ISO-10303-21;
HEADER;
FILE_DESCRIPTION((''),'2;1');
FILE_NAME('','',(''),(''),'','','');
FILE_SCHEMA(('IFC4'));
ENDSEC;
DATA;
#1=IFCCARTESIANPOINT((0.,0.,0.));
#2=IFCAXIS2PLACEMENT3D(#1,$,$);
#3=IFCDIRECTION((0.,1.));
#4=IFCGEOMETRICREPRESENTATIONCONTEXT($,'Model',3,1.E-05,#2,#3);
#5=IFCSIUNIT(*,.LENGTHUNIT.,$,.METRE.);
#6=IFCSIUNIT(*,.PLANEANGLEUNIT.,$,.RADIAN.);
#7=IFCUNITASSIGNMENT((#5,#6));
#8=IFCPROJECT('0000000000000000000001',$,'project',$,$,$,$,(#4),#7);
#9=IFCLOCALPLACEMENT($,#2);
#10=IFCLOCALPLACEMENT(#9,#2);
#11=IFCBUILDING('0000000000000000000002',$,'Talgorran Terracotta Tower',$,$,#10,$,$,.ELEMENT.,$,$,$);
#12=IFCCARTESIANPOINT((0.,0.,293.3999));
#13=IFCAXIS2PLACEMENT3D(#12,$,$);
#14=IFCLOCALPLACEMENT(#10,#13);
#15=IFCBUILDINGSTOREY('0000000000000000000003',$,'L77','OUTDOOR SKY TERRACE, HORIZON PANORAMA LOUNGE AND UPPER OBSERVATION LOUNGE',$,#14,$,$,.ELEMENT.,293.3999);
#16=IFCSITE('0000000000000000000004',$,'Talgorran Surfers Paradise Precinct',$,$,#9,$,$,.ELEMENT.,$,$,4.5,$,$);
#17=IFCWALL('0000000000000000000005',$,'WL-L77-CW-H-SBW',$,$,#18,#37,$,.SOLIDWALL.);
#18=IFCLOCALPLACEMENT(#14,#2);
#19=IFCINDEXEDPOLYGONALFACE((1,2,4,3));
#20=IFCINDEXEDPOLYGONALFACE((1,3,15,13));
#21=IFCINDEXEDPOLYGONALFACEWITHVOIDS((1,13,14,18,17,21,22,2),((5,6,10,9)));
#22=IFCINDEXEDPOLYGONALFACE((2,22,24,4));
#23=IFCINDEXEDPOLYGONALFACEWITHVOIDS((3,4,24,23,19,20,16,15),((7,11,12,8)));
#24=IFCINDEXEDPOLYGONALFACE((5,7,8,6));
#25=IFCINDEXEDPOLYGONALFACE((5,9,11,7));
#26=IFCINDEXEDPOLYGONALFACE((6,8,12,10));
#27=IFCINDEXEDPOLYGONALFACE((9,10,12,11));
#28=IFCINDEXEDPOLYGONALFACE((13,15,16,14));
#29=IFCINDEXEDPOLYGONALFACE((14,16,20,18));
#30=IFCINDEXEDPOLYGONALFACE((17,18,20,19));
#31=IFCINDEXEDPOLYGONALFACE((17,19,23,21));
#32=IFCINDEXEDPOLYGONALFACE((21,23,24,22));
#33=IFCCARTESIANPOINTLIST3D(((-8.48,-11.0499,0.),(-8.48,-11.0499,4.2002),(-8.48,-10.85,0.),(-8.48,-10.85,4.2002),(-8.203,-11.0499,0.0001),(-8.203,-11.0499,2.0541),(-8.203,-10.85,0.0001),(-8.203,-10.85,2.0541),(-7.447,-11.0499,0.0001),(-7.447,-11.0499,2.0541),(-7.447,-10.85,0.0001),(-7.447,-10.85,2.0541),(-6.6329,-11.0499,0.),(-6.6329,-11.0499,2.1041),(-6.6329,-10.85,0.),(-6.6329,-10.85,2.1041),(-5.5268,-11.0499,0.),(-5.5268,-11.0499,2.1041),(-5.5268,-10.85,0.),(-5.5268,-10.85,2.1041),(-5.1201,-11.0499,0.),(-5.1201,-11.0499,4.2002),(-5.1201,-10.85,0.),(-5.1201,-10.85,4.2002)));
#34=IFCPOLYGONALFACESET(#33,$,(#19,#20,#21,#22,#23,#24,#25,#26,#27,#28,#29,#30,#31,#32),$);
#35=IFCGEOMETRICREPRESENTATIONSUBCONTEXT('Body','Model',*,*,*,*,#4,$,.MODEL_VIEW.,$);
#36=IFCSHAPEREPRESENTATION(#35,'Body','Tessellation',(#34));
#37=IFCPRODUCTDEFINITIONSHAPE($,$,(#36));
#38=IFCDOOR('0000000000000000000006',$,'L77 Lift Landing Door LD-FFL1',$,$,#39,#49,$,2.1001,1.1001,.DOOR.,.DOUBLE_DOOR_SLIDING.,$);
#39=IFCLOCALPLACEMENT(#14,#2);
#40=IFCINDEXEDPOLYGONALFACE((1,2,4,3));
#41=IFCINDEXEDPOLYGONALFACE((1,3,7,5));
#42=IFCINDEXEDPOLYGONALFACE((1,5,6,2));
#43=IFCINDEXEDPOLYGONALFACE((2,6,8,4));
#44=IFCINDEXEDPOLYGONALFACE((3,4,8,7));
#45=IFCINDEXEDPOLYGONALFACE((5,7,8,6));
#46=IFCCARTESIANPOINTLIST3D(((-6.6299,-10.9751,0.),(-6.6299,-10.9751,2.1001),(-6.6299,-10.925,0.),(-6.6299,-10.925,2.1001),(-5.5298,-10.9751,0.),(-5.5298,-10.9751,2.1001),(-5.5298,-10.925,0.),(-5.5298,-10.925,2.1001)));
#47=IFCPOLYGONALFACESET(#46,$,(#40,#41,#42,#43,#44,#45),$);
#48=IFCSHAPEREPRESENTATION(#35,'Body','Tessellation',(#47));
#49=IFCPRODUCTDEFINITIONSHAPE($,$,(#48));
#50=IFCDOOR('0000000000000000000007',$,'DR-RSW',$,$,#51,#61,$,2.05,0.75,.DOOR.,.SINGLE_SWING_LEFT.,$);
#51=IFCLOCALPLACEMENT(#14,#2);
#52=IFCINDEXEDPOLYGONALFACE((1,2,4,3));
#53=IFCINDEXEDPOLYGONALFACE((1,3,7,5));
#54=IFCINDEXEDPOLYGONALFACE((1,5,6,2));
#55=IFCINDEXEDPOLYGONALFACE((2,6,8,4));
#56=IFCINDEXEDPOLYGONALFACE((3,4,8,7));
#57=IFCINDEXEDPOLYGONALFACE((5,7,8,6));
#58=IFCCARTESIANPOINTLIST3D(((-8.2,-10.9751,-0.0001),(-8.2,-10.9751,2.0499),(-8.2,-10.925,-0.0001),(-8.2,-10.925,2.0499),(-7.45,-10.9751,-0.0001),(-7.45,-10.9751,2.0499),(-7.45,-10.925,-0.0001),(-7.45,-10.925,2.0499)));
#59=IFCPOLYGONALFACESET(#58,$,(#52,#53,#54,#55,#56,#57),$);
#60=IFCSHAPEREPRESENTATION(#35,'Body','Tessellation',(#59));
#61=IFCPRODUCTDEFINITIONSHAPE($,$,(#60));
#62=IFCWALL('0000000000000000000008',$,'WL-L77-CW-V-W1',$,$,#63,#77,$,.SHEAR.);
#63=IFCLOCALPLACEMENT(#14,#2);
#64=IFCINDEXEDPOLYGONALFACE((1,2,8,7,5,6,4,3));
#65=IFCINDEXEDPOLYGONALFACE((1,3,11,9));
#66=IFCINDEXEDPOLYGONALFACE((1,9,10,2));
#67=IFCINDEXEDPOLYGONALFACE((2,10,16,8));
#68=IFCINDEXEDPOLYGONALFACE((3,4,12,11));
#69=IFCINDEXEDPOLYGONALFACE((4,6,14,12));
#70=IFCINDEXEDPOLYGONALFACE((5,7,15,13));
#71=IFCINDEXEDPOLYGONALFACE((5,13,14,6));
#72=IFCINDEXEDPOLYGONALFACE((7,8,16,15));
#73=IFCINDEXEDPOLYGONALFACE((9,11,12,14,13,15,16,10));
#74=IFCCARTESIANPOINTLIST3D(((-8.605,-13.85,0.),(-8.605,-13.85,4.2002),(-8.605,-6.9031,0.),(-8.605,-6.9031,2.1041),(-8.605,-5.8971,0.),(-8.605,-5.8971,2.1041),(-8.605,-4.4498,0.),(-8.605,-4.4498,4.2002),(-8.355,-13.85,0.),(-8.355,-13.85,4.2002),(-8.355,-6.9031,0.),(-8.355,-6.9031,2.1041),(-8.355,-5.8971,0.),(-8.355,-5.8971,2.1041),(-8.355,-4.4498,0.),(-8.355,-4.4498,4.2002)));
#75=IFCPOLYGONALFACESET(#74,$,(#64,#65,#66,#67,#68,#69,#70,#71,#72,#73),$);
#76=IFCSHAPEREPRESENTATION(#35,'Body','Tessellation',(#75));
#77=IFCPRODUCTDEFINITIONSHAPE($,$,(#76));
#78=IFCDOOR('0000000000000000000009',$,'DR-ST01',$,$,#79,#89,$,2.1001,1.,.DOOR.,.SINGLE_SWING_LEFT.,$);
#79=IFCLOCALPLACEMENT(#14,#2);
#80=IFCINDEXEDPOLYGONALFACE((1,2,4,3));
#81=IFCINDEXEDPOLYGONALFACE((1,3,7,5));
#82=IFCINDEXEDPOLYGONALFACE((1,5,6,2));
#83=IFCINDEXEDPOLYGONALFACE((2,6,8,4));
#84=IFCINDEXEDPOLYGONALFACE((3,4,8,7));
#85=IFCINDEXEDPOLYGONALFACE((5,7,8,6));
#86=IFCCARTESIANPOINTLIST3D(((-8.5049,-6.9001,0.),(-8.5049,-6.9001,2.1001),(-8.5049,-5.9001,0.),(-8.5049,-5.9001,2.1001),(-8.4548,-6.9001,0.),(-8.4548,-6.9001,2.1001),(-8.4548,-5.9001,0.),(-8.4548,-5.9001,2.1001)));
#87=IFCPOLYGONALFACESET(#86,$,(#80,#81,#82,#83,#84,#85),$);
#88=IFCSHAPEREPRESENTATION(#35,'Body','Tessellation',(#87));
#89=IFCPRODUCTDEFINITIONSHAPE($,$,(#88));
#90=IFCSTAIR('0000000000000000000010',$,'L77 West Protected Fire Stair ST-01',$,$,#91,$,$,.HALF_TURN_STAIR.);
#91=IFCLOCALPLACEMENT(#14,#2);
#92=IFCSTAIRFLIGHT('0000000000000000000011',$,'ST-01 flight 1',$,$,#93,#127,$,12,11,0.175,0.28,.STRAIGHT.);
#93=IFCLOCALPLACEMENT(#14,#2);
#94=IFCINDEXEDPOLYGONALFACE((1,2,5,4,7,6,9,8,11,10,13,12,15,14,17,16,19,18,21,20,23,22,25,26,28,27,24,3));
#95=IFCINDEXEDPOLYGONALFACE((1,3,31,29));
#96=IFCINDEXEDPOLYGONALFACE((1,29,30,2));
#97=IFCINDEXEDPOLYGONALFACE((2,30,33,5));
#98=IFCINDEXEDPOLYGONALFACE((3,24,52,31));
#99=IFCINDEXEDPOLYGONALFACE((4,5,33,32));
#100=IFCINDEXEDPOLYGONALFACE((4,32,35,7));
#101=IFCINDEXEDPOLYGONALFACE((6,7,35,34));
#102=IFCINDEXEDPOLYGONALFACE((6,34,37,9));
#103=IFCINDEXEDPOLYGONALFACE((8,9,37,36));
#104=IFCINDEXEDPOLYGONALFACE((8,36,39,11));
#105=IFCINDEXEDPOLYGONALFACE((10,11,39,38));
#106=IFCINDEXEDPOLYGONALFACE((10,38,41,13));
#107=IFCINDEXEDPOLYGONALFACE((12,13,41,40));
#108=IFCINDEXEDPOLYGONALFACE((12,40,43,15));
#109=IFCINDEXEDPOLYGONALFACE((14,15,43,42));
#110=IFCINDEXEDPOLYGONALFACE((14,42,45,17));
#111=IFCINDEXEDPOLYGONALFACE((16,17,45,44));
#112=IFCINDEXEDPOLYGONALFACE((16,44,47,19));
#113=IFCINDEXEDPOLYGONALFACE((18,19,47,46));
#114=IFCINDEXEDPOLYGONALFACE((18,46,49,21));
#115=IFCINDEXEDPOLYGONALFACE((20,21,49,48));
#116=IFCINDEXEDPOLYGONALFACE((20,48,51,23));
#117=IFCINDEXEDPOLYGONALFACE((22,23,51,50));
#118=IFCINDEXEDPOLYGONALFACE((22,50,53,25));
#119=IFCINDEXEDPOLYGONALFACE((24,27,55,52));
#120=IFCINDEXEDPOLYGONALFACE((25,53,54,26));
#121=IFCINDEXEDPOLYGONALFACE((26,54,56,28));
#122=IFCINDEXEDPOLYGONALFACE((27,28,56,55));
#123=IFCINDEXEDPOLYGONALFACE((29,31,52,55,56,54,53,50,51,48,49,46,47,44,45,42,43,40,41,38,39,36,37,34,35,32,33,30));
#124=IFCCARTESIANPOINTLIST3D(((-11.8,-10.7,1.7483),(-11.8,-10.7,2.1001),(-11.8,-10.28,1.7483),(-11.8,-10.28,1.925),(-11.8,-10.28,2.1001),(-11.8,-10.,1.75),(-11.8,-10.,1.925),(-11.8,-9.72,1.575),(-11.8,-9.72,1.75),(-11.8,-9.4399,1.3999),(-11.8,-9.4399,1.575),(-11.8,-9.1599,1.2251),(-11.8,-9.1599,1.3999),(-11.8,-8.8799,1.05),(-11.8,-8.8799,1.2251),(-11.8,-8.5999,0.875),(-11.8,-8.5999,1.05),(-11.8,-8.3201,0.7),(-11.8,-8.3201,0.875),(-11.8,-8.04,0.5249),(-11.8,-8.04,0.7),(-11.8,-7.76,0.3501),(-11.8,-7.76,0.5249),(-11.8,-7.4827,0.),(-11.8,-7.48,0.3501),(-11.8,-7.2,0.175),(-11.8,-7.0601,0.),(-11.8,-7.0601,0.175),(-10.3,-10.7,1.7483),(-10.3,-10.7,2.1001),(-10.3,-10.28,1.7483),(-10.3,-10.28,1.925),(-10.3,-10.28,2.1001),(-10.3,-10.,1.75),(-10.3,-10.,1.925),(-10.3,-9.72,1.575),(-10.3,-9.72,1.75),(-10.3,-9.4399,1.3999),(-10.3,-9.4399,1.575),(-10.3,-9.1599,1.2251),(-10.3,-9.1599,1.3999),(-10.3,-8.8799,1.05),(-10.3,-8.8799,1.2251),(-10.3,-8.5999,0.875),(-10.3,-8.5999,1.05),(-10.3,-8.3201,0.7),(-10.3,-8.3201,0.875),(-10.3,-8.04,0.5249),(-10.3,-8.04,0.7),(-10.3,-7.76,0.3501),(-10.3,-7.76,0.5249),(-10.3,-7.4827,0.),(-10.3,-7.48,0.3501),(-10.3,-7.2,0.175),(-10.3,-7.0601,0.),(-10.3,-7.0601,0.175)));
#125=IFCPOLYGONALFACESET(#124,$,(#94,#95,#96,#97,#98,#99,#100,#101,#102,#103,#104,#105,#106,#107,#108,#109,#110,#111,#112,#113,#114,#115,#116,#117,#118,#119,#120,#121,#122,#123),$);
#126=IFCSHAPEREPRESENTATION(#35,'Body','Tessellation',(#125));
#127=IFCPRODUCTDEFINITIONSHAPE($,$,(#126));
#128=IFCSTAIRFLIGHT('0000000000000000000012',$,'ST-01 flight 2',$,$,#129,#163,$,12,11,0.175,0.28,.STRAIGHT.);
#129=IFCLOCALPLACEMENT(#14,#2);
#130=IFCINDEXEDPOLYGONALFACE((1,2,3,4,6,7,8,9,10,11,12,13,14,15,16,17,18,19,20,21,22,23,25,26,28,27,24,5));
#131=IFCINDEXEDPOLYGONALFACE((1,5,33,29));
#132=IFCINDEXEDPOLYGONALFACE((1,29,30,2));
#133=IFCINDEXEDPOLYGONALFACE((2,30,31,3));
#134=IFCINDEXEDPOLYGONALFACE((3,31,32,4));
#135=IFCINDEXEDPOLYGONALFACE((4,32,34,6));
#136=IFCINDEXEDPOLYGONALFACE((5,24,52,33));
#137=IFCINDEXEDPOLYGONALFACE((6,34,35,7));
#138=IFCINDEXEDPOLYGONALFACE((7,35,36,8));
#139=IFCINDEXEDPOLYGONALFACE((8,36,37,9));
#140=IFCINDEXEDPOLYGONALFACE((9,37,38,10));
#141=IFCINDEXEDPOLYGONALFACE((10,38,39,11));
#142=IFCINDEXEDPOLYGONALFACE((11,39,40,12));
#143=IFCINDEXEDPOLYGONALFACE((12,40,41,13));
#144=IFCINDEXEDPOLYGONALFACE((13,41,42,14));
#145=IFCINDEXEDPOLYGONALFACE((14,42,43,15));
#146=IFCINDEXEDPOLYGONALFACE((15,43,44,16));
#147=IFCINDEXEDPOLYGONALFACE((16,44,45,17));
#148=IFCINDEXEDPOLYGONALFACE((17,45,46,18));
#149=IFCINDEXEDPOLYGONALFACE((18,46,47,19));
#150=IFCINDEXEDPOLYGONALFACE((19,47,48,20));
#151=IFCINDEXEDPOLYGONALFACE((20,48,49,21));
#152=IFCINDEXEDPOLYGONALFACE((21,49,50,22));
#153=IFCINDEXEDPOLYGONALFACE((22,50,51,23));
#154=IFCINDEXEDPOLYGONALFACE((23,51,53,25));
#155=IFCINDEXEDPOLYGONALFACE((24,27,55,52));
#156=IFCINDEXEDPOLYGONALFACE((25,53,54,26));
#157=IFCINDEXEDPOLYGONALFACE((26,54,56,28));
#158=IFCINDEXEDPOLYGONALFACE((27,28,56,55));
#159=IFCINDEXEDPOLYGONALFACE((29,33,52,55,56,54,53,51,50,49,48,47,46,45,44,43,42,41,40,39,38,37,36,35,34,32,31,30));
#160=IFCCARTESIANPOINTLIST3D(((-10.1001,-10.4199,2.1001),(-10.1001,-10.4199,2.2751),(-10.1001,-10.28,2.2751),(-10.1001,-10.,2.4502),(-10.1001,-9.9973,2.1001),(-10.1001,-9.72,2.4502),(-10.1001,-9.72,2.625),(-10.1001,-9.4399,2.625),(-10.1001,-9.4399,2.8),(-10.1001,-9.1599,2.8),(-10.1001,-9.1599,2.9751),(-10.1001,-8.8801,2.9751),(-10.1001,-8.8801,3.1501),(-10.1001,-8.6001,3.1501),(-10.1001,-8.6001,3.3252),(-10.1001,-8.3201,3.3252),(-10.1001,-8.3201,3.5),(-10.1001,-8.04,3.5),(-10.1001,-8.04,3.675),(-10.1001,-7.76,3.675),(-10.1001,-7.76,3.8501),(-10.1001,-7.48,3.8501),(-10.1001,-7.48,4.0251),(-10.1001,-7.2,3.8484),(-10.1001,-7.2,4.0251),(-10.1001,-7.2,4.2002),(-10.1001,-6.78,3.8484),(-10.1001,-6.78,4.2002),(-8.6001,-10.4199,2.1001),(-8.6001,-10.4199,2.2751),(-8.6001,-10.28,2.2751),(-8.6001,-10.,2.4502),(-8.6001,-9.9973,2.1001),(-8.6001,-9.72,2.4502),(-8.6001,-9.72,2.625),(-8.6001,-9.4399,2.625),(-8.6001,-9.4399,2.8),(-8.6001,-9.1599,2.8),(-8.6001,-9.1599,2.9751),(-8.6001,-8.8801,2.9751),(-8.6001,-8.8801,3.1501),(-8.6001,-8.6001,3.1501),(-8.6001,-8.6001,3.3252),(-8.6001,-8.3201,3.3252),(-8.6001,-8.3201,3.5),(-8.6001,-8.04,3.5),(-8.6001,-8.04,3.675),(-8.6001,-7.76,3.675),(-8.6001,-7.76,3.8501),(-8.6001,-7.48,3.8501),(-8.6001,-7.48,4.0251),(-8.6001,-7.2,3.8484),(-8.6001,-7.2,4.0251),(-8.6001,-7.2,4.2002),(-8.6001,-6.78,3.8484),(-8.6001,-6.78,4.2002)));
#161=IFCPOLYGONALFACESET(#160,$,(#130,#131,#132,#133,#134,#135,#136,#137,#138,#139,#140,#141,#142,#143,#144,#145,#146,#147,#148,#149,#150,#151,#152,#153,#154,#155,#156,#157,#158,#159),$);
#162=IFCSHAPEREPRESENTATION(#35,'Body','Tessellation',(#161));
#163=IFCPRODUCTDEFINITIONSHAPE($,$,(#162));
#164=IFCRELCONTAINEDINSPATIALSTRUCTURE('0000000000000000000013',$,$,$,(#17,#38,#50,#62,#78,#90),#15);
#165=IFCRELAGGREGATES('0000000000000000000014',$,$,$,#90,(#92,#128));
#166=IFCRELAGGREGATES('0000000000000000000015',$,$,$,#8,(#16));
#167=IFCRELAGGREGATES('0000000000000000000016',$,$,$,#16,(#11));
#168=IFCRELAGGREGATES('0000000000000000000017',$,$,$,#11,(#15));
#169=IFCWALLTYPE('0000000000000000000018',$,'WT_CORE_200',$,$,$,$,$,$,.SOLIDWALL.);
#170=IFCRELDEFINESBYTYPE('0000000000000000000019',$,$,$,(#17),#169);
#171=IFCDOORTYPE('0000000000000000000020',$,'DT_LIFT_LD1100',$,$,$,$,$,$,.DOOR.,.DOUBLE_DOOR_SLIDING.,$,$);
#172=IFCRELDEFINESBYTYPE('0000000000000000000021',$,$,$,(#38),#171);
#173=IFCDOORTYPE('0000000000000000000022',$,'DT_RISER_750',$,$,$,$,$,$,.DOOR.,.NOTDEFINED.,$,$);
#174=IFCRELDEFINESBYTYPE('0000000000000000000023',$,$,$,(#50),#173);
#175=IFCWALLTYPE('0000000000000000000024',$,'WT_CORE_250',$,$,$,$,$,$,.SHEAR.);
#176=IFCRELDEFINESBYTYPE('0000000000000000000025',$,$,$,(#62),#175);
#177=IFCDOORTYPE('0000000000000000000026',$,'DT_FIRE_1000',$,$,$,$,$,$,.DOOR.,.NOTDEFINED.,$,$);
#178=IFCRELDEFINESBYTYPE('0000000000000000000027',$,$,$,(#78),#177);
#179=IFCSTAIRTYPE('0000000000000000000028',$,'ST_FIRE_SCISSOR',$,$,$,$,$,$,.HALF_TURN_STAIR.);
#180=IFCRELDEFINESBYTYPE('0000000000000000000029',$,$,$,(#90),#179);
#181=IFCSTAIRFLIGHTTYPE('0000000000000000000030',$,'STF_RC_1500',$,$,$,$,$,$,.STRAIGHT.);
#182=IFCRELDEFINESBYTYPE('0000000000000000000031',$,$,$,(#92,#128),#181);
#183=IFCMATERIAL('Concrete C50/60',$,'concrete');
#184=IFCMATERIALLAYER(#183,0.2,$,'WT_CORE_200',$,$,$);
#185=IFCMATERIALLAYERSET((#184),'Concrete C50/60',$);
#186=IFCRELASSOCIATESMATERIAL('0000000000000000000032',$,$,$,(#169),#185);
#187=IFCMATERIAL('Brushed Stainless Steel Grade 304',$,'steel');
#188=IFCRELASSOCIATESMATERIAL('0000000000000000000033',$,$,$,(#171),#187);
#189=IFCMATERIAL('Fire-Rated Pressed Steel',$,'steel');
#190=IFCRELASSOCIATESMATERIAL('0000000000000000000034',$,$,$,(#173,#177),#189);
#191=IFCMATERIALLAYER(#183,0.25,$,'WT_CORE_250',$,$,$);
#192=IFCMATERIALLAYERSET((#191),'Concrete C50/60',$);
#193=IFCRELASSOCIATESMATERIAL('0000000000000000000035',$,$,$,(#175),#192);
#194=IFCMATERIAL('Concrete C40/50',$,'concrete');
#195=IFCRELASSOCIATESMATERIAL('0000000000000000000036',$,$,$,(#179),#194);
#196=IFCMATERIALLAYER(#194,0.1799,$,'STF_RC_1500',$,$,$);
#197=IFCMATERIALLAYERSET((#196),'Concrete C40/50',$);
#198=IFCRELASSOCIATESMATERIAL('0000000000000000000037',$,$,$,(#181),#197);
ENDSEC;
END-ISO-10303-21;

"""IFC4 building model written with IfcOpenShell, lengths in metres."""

from ifc_helpers import new_model, si_unit, direction, frame, frame_2d, origin, place, context, subcontext, project, spatial, polyline, rectangle, outline, extrude, material, layer, layer_set, type_object, element, fill, aggregate, save


model = new_model("IFC4")

# Units and contexts
model_context = context("Model", 3, precision=1e-05, world=origin(), true_north=direction((0.0, 1.0)))
body_context = subcontext(model_context, "Body", "Model", "MODEL_VIEW")
ifc_project = project(units=[si_unit("LENGTHUNIT", "METRE"), si_unit("PLANEANGLEUNIT", "RADIAN")], contexts=[model_context])

# Site, building, storey
site_placement = place(None, origin())
site = spatial("IfcSite", under=ifc_project, at=site_placement, Name="Talgorran Surfers Paradise Precinct", CompositionType="ELEMENT", RefElevation=4.5)
building_placement = place(site_placement, origin())
building = spatial("IfcBuilding", under=site, at=building_placement, Name="Talgorran Terracotta Tower", CompositionType="ELEMENT")
storey_placement = place(building_placement, frame((0.0, 0.0, 293.3999)))
storey = spatial("IfcBuildingStorey", under=building, at=storey_placement, Name="L77", Description="OUTDOOR SKY TERRACE, HORIZON PANORAMA LOUNGE AND UPPER OBSERVATION LOUNGE", CompositionType="ELEMENT", Elevation=293.3999)

# Shared definitions
ifc_material_1 = material(Name="Concrete C50/60", Category="concrete")

# Wall, openings, doors
ifc_layer_1 = layer(ifc_material_1, 0.2, Name="WT_CORE_200")
ifc_layer_set_1 = layer_set([ifc_layer_1], Name="Concrete C50/60")
wall_type_1 = type_object("IfcWallType", Name="WT_CORE_200", PredefinedType="SOLIDWALL", material=ifc_layer_set_1)
wall_1_placement = place(storey_placement, frame((-8.48, -10.95, 0.0), z_axis=(0.0, 0.0, 1.0), x_axis=(1.0, 0.0, 0.0)))
wall_1 = element("IfcWall", 1, at=wall_1_placement, inside=storey, type_object=wall_type_1, Name="WL-L77-CW-H-SBW", PredefinedType="SOLIDWALL", context=body_context, shape_type="SweptSolid", body=[
    extrude(rectangle(XDim=3.3599, YDim=0.2, at=frame_2d((1.6799, 0.0))), origin(), (0.0, 0.0, 1.0), 4.2002),
])
opening_1_placement = place(wall_1_placement, frame((0.28, 0.0, 0.0)))
opening_1 = element("IfcOpeningElement", 2, at=opening_1_placement, cuts=wall_1, PredefinedType="OPENING", context=body_context, shape_type="SweptSolid", body=[
    extrude(rectangle(XDim=0.756, YDim=2.054, at=frame_2d((0.375, 1.0271))), frame((0.0, 0.1099, 0.0), z_axis=(0.0, -1.0, 0.0), x_axis=(1.0, 0.0, 0.0)), (0.0, 0.0, 1.0), 0.22),
])
opening_2_placement = place(wall_1_placement, frame((1.8501, 0.0, 0.0)))
opening_2 = element("IfcOpeningElement", 3, at=opening_2_placement, cuts=wall_1, PredefinedType="OPENING", context=body_context, shape_type="SweptSolid", body=[
    extrude(rectangle(XDim=1.1061, YDim=2.1041, at=frame_2d((0.55, 1.052))), frame((0.0, 0.1099, 0.0), z_axis=(0.0, -1.0, 0.0), x_axis=(1.0, 0.0, 0.0)), (0.0, 0.0, 1.0), 0.22),
])
ifc_material_2 = material(Name="Brushed Stainless Steel Grade 304", Category="steel")
door_type_1 = type_object("IfcDoorType", Name="DT_LIFT_LD1100", OperationType="DOUBLE_DOOR_SLIDING", PredefinedType="DOOR", material=ifc_material_2)
door_1_placement = place(opening_2_placement, origin())
door_1 = element("IfcDoor", 4, at=door_1_placement, inside=storey, type_object=door_type_1, Name="L77 Lift Landing Door LD-FFL1", OperationType="DOUBLE_DOOR_SLIDING", OverallHeight=2.1001, OverallWidth=1.1001, PredefinedType="DOOR", context=body_context, shape_type="SweptSolid", body=[
    extrude(rectangle(XDim=1.1001, YDim=2.1001, at=frame_2d((0.55, 1.05))), frame((0.0, 0.0249, 0.0), z_axis=(0.0, -1.0, 0.0), x_axis=(1.0, 0.0, 0.0)), (0.0, 0.0, 1.0), 0.05),
])
fill(opening_2, door_1)
ifc_material_3 = material(Name="Fire-Rated Pressed Steel", Category="steel")
door_type_2 = type_object("IfcDoorType", Name="DT_RISER_750", OperationType="NOTDEFINED", PredefinedType="DOOR", material=ifc_material_3)
door_2_placement = place(opening_1_placement, origin())
door_2 = element("IfcDoor", 5, at=door_2_placement, inside=storey, type_object=door_type_2, Name="DR-RSW", OperationType="SINGLE_SWING_LEFT", OverallHeight=2.05, OverallWidth=0.75, PredefinedType="DOOR", context=body_context, shape_type="SweptSolid", body=[
    extrude(rectangle(XDim=0.75, YDim=2.05, at=frame_2d((0.375, 1.0249))), frame((0.0, 0.0249, 0.0), z_axis=(0.0, -1.0, 0.0), x_axis=(1.0, 0.0, 0.0)), (0.0, 0.0, 1.0), 0.05),
])
fill(opening_1, door_2)

# Wall, opening, door
ifc_layer_2 = layer(ifc_material_1, 0.25, Name="WT_CORE_250")
ifc_layer_set_2 = layer_set([ifc_layer_2], Name="Concrete C50/60")
wall_type_2 = type_object("IfcWallType", Name="WT_CORE_250", PredefinedType="SHEAR", material=ifc_layer_set_2)
wall_2_placement = place(storey_placement, frame((-8.48, -13.8501, 0.0), z_axis=(0.0, 0.0, 1.0), x_axis=(0.0, 1.0, 0.0)))
wall_2 = element("IfcWall", 6, at=wall_2_placement, inside=storey, type_object=wall_type_2, Name="WL-L77-CW-V-W1", PredefinedType="SHEAR", context=body_context, shape_type="SweptSolid", body=[
    extrude(rectangle(XDim=9.4001, YDim=0.25, at=frame_2d((4.7002, 0.0))), origin(), (0.0, 0.0, 1.0), 4.2002),
])
opening_3_placement = place(wall_2_placement, frame((6.95, 0.0, 0.0)))
opening_3 = element("IfcOpeningElement", 7, at=opening_3_placement, cuts=wall_2, PredefinedType="OPENING", context=body_context, shape_type="SweptSolid", body=[
    extrude(rectangle(XDim=1.006, YDim=2.1041, at=frame_2d((0.5, 1.052))), frame((0.0, 0.135, 0.0), z_axis=(0.0, -1.0, 0.0), x_axis=(1.0, 0.0, 0.0)), (0.0, 0.0, 1.0), 0.27),
])
door_type_3 = type_object("IfcDoorType", Name="DT_FIRE_1000", OperationType="NOTDEFINED", PredefinedType="DOOR", material=ifc_material_3)
door_3_placement = place(opening_3_placement, origin())
door_3 = element("IfcDoor", 8, at=door_3_placement, inside=storey, type_object=door_type_3, Name="DR-ST01", OperationType="SINGLE_SWING_LEFT", OverallHeight=2.1001, OverallWidth=1.0, PredefinedType="DOOR", context=body_context, shape_type="SweptSolid", body=[
    extrude(rectangle(XDim=1.0, YDim=2.1001, at=frame_2d((0.5, 1.05))), frame((0.0, 0.0249, 0.0), z_axis=(0.0, -1.0, 0.0), x_axis=(1.0, 0.0, 0.0)), (0.0, 0.0, 1.0), 0.05),
])
fill(opening_3, door_3)

# Stair, stair flights
ifc_material_4 = material(Name="Concrete C40/50", Category="concrete")
stair_type = type_object("IfcStairType", Name="ST_FIRE_SCISSOR", PredefinedType="HALF_TURN_STAIR", material=ifc_material_4)
stair_placement = place(storey_placement, origin())
stair = element("IfcStair", 9, at=stair_placement, inside=storey, type_object=stair_type, Name="L77 West Protected Fire Stair ST-01", PredefinedType="HALF_TURN_STAIR")
ifc_layer_3 = layer(ifc_material_4, 0.1799, Name="STF_RC_1500")
ifc_layer_set_3 = layer_set([ifc_layer_3], Name="Concrete C40/50")
stair_flight_type = type_object("IfcStairFlightType", Name="STF_RC_1500", PredefinedType="STRAIGHT", material=ifc_layer_set_3)
stair_flight_1_placement = place(storey_placement, frame((-11.05, -7.2, 0.0), z_axis=(0.0, 0.0, 1.0), x_axis=(0.0, -1.0, 0.0)))
stair_flight_1 = element("IfcStairFlight", 10, at=stair_flight_1_placement, type_object=stair_flight_type, Name="ST-01 flight 1", NumberOfRisers=12, NumberOfTreads=11, PredefinedType="STRAIGHT", RiserHeight=0.175, TreadLength=0.28, context=body_context, shape_type="SweptSolid", body=[
    extrude(outline(polyline([(-0.1399, 0.0), (-0.1399, 0.175), (0.0, 0.175), (0.28, 0.3501), (0.5601, 0.3501), (0.5601, 0.5249), (0.8401, 0.5249), (0.8401, 0.7), (1.1201, 0.7), (1.1201, 0.875), (1.3999, 0.875), (1.3999, 1.05), (1.6799, 1.05), (1.6799, 1.2251), (1.96, 1.2251), (1.96, 1.3999), (2.24, 1.3999), (2.24, 1.575), (2.52, 1.575), (2.52, 1.75), (2.8, 1.75), (2.8, 1.925), (3.0801, 1.925), (3.0801, 2.1001), (3.5, 2.1001), (3.5, 1.7483), (3.0801, 1.7483), (0.2827, 0.0), (-0.1399, 0.0)])), frame((0.0, 0.75, 0.0), z_axis=(0.0, -1.0, 0.0), x_axis=(1.0, 0.0, 0.0)), (0.0, 0.0, 1.0), 1.5),
])
stair_flight_2_placement = place(storey_placement, frame((-9.3501, -10.28, 2.1001), z_axis=(0.0, 0.0, 1.0), x_axis=(0.0, 1.0, 0.0)))
stair_flight_2 = element("IfcStairFlight", 11, at=stair_flight_2_placement, type_object=stair_flight_type, Name="ST-01 flight 2", NumberOfRisers=12, NumberOfTreads=11, PredefinedType="STRAIGHT", RiserHeight=0.175, TreadLength=0.28, context=body_context, shape_type="SweptSolid", body=[
    extrude(outline(polyline([(-0.1399, 0.0), (-0.1399, 0.175), (0.0, 0.175), (0.28, 0.3501), (0.5601, 0.3501), (0.5601, 0.5249), (0.8401, 0.5249), (0.8401, 0.7), (1.1201, 0.7), (1.1201, 0.875), (1.3999, 0.875), (1.3999, 1.05), (1.6799, 1.05), (1.6799, 1.2251), (1.96, 1.2251), (1.96, 1.3999), (2.24, 1.3999), (2.24, 1.575), (2.52, 1.575), (2.52, 1.75), (2.8, 1.75), (2.8, 1.925), (3.0801, 1.925), (3.0801, 2.1001), (3.5, 2.1001), (3.5, 1.7483), (3.0801, 1.7483), (0.2827, 0.0), (-0.1399, 0.0)])), frame((0.0, 0.75, 0.0), z_axis=(0.0, -1.0, 0.0), x_axis=(1.0, 0.0, 0.0)), (0.0, 0.0, 1.0), 1.5),
])
aggregate(stair, [stair_flight_1, stair_flight_2])

save(model, "model.ifc")
